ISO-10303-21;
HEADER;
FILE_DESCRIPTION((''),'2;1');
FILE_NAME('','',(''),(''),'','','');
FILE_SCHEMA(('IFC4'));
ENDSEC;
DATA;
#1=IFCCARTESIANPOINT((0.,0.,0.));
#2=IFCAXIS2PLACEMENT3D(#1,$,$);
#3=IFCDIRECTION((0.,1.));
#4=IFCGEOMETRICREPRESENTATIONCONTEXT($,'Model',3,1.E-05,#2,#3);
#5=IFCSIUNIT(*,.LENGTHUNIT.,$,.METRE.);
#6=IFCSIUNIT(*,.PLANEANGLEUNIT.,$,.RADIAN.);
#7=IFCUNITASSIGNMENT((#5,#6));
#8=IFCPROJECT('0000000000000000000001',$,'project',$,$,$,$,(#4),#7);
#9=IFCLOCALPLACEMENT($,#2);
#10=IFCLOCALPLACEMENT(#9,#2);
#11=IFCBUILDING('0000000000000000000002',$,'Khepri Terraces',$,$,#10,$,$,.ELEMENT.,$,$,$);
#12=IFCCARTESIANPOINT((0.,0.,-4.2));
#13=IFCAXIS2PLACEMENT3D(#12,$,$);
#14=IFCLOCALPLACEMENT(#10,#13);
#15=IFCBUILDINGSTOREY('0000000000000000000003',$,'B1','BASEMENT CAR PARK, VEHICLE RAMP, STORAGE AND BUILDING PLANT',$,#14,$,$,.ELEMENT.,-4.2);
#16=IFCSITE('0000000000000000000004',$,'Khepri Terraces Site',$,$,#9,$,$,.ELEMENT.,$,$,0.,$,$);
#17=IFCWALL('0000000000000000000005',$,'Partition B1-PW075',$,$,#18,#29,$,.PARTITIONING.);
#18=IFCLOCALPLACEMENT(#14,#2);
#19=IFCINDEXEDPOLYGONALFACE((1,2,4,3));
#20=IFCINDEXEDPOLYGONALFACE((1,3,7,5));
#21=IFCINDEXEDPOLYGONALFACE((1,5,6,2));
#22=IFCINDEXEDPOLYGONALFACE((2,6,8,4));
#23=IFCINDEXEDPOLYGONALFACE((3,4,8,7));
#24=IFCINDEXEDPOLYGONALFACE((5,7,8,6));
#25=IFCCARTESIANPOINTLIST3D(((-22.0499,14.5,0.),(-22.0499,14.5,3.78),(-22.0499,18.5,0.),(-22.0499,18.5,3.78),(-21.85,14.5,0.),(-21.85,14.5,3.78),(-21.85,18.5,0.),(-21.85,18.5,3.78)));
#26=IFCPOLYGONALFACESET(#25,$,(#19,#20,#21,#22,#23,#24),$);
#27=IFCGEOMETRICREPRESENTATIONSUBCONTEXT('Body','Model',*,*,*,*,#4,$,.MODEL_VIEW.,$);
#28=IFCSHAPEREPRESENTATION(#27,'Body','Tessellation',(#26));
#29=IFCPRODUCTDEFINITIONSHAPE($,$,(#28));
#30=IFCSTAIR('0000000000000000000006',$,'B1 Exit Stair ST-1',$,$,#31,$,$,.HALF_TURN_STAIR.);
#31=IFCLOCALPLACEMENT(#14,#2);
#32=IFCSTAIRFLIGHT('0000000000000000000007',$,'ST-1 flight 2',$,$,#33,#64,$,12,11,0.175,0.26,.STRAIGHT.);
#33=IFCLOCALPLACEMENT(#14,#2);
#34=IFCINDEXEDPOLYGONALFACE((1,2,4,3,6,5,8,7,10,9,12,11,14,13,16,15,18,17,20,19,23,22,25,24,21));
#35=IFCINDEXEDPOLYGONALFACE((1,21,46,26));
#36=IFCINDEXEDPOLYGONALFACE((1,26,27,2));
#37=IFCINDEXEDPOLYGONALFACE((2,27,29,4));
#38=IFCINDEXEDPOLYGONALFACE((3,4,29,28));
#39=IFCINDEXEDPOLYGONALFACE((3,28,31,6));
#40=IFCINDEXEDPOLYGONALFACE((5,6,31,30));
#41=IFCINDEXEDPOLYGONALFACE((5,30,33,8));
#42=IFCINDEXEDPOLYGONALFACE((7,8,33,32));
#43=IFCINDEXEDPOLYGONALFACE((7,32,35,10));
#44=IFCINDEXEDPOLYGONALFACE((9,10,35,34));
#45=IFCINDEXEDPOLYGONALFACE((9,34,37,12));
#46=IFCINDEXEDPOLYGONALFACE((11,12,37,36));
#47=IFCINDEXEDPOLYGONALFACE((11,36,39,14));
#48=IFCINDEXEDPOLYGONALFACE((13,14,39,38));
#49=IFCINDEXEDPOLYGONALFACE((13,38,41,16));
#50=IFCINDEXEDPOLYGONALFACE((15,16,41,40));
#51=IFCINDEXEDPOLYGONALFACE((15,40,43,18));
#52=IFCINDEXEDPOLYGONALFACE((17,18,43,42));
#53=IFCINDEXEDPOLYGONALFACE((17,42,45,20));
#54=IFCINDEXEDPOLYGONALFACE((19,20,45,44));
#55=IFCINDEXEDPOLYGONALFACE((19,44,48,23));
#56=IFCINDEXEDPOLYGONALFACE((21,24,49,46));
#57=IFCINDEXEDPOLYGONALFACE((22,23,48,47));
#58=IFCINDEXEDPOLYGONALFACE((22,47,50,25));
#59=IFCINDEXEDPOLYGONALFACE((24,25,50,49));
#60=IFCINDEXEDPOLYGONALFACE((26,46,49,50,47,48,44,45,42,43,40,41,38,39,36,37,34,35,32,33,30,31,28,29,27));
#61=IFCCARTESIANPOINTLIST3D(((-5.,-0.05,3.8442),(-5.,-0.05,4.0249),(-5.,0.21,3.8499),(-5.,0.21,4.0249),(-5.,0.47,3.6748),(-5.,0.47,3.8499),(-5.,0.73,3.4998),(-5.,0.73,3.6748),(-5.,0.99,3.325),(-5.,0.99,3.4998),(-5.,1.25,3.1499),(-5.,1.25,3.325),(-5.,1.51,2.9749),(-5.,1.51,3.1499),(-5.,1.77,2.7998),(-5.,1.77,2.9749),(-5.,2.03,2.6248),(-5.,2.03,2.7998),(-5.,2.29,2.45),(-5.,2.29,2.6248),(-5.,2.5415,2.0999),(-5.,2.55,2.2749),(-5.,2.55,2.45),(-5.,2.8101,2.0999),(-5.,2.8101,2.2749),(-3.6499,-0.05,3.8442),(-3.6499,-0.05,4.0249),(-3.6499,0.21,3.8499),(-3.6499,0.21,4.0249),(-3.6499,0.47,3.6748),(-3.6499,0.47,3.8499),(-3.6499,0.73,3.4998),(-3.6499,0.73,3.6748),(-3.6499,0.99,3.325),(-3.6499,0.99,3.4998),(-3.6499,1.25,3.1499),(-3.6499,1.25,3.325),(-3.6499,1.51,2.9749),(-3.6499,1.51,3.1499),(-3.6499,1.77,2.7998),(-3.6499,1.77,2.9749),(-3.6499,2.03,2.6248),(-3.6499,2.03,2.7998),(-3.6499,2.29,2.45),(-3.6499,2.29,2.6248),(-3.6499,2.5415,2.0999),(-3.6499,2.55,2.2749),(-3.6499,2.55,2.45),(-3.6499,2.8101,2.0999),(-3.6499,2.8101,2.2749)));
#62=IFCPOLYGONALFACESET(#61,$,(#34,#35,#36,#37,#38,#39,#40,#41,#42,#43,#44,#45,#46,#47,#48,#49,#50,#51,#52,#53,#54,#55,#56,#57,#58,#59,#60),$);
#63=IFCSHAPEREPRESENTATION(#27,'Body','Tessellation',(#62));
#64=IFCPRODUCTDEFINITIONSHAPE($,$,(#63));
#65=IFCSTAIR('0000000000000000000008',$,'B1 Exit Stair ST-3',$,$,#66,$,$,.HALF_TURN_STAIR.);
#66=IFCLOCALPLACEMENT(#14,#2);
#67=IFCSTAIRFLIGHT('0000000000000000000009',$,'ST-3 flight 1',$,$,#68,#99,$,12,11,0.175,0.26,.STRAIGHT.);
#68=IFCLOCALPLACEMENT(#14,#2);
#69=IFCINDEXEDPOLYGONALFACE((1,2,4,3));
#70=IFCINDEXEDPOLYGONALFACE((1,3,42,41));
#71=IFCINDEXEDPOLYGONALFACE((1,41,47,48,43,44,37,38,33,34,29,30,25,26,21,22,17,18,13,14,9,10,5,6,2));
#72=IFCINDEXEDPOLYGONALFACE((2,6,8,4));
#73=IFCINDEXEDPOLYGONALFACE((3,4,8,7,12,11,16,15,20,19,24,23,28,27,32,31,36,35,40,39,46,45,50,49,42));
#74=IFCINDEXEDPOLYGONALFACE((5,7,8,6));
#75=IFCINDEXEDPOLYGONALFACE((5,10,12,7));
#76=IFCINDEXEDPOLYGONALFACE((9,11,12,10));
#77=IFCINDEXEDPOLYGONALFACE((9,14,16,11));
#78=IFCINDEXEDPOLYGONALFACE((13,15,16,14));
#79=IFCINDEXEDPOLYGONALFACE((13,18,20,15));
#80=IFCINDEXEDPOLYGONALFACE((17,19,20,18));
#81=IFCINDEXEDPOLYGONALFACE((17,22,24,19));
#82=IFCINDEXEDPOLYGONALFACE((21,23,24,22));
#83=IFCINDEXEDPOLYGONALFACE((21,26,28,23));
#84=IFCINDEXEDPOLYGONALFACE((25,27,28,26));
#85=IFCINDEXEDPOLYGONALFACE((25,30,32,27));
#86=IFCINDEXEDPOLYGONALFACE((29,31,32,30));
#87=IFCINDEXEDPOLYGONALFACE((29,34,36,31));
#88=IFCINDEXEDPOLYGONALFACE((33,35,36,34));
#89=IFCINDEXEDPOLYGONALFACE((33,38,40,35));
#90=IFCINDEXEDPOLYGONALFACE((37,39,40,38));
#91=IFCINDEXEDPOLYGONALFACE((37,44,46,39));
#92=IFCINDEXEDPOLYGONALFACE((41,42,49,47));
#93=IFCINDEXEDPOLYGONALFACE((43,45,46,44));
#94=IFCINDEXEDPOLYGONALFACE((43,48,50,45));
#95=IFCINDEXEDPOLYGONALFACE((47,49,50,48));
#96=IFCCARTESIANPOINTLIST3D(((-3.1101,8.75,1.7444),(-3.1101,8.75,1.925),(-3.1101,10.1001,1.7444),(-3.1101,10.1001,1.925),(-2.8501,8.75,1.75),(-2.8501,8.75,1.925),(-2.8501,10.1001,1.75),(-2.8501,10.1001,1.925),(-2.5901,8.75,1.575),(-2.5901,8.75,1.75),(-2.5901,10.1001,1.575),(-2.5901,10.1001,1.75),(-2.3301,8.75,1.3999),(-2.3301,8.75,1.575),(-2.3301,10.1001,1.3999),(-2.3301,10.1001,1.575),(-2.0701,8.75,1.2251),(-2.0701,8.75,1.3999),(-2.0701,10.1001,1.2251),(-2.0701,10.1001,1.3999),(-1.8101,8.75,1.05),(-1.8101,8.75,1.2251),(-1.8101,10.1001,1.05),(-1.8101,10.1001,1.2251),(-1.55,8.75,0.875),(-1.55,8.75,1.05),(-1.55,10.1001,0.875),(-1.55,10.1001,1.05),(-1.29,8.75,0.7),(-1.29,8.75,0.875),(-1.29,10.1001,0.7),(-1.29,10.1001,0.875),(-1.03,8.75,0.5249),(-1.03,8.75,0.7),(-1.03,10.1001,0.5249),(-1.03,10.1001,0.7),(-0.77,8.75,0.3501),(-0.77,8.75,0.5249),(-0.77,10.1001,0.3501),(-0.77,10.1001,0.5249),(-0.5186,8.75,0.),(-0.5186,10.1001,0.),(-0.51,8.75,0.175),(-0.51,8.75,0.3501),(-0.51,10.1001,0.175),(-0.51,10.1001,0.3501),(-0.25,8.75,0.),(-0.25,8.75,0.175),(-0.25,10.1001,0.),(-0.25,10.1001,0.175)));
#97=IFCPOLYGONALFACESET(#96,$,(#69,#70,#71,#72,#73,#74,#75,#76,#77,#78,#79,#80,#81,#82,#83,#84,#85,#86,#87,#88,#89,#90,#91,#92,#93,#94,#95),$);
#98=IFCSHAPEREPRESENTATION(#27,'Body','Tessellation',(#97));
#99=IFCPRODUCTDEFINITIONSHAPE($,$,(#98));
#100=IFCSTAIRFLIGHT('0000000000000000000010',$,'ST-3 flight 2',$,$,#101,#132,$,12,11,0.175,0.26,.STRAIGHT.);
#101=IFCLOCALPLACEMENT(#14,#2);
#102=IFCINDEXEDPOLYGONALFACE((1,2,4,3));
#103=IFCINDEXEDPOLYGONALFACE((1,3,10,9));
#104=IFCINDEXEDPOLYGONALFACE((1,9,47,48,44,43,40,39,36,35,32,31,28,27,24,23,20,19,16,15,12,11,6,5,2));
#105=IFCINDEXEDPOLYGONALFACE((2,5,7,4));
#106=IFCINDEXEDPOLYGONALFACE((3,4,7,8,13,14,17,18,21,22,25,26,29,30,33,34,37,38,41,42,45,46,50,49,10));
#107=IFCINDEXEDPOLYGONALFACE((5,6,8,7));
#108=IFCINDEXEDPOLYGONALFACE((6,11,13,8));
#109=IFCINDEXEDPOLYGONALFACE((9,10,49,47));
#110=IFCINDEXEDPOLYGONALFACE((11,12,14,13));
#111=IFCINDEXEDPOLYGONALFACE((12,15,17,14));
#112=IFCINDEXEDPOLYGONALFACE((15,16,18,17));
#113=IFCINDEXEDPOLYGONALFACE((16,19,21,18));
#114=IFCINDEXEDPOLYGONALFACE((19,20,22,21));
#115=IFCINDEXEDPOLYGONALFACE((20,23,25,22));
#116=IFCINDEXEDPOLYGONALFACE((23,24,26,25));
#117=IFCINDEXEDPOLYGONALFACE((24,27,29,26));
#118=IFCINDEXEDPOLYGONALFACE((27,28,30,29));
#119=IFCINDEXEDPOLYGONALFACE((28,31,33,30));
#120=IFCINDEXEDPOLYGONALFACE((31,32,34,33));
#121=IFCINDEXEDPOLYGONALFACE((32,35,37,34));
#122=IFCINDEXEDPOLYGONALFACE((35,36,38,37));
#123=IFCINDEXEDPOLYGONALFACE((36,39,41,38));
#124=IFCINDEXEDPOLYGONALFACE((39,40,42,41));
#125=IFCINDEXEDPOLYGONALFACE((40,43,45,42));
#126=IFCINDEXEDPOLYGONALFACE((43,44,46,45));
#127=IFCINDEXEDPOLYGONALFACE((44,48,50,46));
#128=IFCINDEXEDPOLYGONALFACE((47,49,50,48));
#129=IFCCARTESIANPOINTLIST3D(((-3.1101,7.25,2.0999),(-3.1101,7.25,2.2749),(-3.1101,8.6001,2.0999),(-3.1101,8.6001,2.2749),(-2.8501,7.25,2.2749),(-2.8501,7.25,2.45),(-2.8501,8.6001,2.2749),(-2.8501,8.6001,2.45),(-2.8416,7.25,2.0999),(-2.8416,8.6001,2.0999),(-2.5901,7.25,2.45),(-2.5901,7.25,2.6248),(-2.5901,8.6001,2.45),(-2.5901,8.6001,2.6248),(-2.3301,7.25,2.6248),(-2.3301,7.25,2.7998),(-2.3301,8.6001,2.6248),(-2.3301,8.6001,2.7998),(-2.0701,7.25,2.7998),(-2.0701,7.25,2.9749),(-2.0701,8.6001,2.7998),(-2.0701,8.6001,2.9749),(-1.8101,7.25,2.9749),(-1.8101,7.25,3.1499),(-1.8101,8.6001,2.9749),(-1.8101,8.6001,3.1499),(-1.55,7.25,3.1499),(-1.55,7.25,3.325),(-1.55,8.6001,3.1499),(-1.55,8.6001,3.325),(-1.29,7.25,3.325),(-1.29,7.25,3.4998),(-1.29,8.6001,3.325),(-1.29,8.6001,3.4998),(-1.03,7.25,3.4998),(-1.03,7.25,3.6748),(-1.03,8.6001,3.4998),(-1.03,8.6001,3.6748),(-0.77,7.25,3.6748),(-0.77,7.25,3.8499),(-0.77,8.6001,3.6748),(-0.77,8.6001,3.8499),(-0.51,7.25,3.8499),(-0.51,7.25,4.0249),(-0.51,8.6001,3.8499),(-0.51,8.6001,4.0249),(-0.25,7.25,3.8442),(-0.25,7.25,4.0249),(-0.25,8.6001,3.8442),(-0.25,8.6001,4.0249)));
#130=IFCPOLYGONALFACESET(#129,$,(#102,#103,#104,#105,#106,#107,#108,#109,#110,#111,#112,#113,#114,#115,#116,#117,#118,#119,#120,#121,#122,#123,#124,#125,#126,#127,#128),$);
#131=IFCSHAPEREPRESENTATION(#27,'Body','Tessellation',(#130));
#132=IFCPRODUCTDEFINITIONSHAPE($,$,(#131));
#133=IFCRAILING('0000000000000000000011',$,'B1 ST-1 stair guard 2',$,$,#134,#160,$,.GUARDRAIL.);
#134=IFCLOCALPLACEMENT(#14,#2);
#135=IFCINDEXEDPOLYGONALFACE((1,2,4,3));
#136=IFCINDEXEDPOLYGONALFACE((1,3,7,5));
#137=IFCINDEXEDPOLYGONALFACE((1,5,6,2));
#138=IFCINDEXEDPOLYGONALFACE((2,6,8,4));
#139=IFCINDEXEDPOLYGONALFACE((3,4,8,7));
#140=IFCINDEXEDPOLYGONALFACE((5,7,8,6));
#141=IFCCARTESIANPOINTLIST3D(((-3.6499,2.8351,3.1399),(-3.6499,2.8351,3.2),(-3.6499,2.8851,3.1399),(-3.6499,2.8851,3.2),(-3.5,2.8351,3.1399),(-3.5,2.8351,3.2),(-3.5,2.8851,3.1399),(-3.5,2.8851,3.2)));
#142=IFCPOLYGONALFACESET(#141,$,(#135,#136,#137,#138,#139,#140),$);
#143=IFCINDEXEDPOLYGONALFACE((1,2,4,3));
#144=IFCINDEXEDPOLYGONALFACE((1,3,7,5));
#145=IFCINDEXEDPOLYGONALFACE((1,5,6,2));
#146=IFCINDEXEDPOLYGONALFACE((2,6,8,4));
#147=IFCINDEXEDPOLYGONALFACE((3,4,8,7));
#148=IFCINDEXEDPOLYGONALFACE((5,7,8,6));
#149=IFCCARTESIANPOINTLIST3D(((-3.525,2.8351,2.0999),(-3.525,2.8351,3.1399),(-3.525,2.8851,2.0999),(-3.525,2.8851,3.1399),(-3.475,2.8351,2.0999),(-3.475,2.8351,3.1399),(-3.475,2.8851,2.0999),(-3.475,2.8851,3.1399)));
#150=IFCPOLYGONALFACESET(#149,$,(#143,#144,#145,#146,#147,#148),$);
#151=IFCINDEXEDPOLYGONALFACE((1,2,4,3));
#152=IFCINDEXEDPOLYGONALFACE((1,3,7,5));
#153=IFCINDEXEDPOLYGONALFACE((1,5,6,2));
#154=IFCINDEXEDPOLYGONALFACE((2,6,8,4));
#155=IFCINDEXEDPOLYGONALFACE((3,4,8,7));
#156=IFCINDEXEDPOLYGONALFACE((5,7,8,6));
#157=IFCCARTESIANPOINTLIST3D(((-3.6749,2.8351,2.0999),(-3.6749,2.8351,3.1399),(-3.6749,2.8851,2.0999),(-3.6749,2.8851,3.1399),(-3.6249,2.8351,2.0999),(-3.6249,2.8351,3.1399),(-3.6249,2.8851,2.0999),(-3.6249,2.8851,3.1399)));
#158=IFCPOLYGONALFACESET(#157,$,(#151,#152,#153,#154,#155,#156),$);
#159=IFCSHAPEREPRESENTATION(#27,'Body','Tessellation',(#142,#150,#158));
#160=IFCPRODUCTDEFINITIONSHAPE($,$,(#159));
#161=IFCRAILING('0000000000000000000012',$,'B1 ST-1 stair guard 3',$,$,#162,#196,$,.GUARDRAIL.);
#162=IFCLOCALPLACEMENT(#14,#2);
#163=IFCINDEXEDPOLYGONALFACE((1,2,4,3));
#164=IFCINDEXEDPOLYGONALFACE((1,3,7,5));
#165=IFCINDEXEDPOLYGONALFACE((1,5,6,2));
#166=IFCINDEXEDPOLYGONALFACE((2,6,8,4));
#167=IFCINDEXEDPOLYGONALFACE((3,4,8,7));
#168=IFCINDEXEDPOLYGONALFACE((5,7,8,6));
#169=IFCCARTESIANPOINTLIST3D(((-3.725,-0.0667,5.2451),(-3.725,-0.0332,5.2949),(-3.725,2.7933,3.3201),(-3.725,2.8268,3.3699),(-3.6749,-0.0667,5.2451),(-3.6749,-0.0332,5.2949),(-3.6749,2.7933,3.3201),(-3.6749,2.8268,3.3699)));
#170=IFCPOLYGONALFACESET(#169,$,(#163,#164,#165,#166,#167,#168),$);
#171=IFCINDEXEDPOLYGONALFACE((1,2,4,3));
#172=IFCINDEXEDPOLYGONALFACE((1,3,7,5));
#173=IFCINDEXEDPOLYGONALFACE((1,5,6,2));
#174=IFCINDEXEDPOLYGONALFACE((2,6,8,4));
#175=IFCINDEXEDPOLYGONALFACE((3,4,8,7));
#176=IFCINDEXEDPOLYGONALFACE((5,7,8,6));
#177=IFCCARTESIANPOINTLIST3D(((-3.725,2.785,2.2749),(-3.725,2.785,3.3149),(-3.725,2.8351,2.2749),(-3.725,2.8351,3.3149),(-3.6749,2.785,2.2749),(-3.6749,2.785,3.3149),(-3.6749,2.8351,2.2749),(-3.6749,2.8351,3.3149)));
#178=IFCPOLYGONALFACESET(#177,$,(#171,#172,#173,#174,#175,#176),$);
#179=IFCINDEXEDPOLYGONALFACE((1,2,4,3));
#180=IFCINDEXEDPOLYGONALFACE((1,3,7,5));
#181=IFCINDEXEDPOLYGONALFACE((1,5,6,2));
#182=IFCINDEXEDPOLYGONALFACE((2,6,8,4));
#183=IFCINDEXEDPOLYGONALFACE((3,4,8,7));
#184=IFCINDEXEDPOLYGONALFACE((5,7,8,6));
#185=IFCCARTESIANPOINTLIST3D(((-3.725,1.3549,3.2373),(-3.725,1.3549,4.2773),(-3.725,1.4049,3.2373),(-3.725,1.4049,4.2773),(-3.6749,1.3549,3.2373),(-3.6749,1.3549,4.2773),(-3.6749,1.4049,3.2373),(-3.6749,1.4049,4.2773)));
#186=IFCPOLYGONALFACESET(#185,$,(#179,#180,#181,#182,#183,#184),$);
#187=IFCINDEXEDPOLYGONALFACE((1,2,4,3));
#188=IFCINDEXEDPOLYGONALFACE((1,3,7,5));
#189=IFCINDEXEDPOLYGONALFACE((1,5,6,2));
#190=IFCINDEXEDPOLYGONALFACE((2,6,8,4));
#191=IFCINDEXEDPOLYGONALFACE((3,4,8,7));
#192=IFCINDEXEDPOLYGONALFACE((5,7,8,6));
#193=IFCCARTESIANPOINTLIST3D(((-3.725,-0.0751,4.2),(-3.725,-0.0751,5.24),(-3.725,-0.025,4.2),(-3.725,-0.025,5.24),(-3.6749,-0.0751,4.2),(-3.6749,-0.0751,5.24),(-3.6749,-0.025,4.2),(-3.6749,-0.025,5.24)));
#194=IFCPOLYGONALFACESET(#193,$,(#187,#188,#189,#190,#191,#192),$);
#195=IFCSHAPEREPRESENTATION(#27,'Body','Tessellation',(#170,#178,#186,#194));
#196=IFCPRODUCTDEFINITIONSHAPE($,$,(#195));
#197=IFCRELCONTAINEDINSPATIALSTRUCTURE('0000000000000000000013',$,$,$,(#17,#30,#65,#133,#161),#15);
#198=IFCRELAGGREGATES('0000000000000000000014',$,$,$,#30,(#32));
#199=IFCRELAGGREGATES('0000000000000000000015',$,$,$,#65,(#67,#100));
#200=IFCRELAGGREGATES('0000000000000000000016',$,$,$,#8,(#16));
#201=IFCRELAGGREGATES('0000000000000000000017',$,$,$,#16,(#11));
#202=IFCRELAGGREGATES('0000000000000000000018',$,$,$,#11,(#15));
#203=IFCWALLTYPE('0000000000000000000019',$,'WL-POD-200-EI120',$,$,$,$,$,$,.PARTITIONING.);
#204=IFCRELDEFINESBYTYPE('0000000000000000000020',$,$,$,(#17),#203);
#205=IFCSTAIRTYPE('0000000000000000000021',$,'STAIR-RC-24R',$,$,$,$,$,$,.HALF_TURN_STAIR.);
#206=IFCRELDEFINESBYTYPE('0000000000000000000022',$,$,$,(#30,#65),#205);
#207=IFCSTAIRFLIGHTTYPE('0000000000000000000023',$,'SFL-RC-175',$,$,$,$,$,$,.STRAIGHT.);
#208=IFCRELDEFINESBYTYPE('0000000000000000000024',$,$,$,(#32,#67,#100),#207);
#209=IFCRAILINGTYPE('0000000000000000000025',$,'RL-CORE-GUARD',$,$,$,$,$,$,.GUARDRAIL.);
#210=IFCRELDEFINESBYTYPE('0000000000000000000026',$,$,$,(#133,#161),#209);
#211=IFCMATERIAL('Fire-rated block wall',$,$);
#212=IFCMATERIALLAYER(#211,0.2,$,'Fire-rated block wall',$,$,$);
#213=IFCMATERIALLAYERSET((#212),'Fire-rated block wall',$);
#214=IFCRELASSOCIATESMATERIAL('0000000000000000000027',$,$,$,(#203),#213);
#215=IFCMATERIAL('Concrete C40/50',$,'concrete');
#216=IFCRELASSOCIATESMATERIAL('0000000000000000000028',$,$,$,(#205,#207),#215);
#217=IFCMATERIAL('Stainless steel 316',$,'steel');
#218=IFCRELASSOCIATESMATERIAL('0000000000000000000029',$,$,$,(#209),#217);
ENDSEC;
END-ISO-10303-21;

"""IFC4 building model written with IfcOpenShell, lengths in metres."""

from ifc_helpers import new_model, si_unit, direction, frame, frame_2d, origin, origin_2d, place, context, subcontext, project, spatial, polyline, rectangle, outline, extrude, material, layer, layer_set, type_object, element, aggregate, save


model = new_model("IFC4")

# Units and contexts
model_context = context("Model", 3, precision=1e-05, world=origin(), true_north=direction((0.0, 1.0)))
body_context = subcontext(model_context, "Body", "Model", "MODEL_VIEW")
ifc_project = project(units=[si_unit("LENGTHUNIT", "METRE"), si_unit("PLANEANGLEUNIT", "RADIAN")], contexts=[model_context])

# Site, building, storey
site_placement = place(None, origin())
site = spatial("IfcSite", under=ifc_project, at=site_placement, Name="Khepri Terraces Site", CompositionType="ELEMENT", RefElevation=0.0)
building_placement = place(site_placement, origin())
building = spatial("IfcBuilding", under=site, at=building_placement, Name="Khepri Terraces", CompositionType="ELEMENT")
storey_placement = place(building_placement, frame((0.0, 0.0, -4.2)))
storey = spatial("IfcBuildingStorey", under=building, at=storey_placement, Name="B1", Description="BASEMENT CAR PARK, VEHICLE RAMP, STORAGE AND BUILDING PLANT", CompositionType="ELEMENT", Elevation=-4.2)

# Wall
ifc_material_1 = material(Name="Fire-rated block wall")
ifc_layer_1 = layer(ifc_material_1, 0.2, Name="Fire-rated block wall")
ifc_layer_set_1 = layer_set([ifc_layer_1], Name="Fire-rated block wall")
wall_type_1 = type_object("IfcWallType", Name="WL-POD-200-EI120", PredefinedType="PARTITIONING", material=ifc_layer_set_1)
wall_1_placement = place(storey_placement, frame((-21.95, 14.5, 0.0), z_axis=(0.0, 0.0, 1.0), x_axis=(0.0, 1.0, 0.0)))
element("IfcWall", 1, at=wall_1_placement, inside=storey, type_object=wall_type_1, Name="Partition B1-PW075", PredefinedType="PARTITIONING", context=body_context, shape_type="SweptSolid", body=[
    extrude(rectangle(XDim=4.0, YDim=0.2, at=frame_2d((2.0, 0.0))), origin(), (0.0, 0.0, 1.0), 3.78),
])

# Stair, stair flight
ifc_material_2 = material(Name="Concrete C40/50", Category="concrete")
stair_type = type_object("IfcStairType", Name="STAIR-RC-24R", PredefinedType="HALF_TURN_STAIR", material=ifc_material_2)
stair_1_placement = place(storey_placement, origin())
stair_1 = element("IfcStair", 2, at=stair_1_placement, inside=storey, type_object=stair_type, Name="B1 Exit Stair ST-1", PredefinedType="HALF_TURN_STAIR")
stair_flight_type = type_object("IfcStairFlightType", Name="SFL-RC-175", PredefinedType="STRAIGHT", material=ifc_material_2)
stair_flight_1_placement = place(storey_placement, frame((-4.325, 2.8101, 2.0999), z_axis=(0.0, 0.0, 1.0), x_axis=(0.0, -1.0, 0.0)))
stair_flight_1 = element("IfcStairFlight", 3, at=stair_flight_1_placement, type_object=stair_flight_type, Name="ST-1 flight 2", NumberOfRisers=12, NumberOfTreads=11, PredefinedType="STRAIGHT", RiserHeight=0.175, TreadLength=0.26, context=body_context, shape_type="SweptSolid", body=[
    extrude(outline(polyline([(0.0, 0.0), (0.0, 0.175), (0.26, 0.175), (0.26, 0.3501), (0.52, 0.3501), (0.52, 0.5249), (0.78, 0.5249), (0.78, 0.7), (1.04, 0.7), (1.04, 0.875), (1.3, 0.875), (1.3, 1.05), (1.5601, 1.05), (1.5601, 1.2251), (1.8201, 1.2251), (1.8201, 1.3999), (2.0801, 1.3999), (2.0801, 1.575), (2.3401, 1.575), (2.3401, 1.75), (2.6001, 1.75), (2.6001, 1.925), (2.8601, 1.925), (2.8601, 2.1001), (2.8601, 1.7444), (0.2686, 0.0), (0.0, 0.0)])), frame((0.0, 0.675, 0.0), z_axis=(0.0, -1.0, 0.0), x_axis=(1.0, 0.0, 0.0)), (0.0, 0.0, 1.0), 1.3501),
])
aggregate(stair_1, [stair_flight_1])

# Stair, stair flights
stair_2_placement = place(storey_placement, origin())
stair_2 = element("IfcStair", 4, at=stair_2_placement, inside=storey, type_object=stair_type, Name="B1 Exit Stair ST-3", PredefinedType="HALF_TURN_STAIR")
stair_flight_2_placement = place(storey_placement, frame((-0.25, 9.425, 0.0), z_axis=(0.0, 0.0, 1.0), x_axis=(-1.0, 0.0, 0.0)))
stair_flight_2 = element("IfcStairFlight", 5, at=stair_flight_2_placement, type_object=stair_flight_type, Name="ST-3 flight 1", NumberOfRisers=12, NumberOfTreads=11, PredefinedType="STRAIGHT", RiserHeight=0.175, TreadLength=0.26, context=body_context, shape_type="SweptSolid", body=[
    extrude(outline(polyline([(0.0, 0.0), (0.0, 0.175), (0.26, 0.175), (0.26, 0.3501), (0.52, 0.3501), (0.52, 0.5249), (0.78, 0.5249), (0.78, 0.7), (1.04, 0.7), (1.04, 0.875), (1.3, 0.875), (1.3, 1.05), (1.5601, 1.05), (1.5601, 1.2251), (1.8201, 1.2251), (1.8201, 1.3999), (2.0801, 1.3999), (2.0801, 1.575), (2.3401, 1.575), (2.3401, 1.75), (2.6001, 1.75), (2.6001, 1.925), (2.8601, 1.925), (2.8601, 2.1001), (2.8601, 1.7444), (0.2686, 0.0), (0.0, 0.0)])), frame((0.0, 0.675, 0.0), z_axis=(0.0, -1.0, 0.0), x_axis=(1.0, 0.0, 0.0)), (0.0, 0.0, 1.0), 1.3501),
])
stair_flight_3_placement = place(storey_placement, frame((-3.1101, 7.925, 2.0999), z_axis=(0.0, 0.0, 1.0), x_axis=(1.0, 0.0, 0.0)))
stair_flight_3 = element("IfcStairFlight", 6, at=stair_flight_3_placement, type_object=stair_flight_type, Name="ST-3 flight 2", NumberOfRisers=12, NumberOfTreads=11, PredefinedType="STRAIGHT", RiserHeight=0.175, TreadLength=0.26, context=body_context, shape_type="SweptSolid", body=[
    extrude(outline(polyline([(0.0, 0.0), (0.0, 0.175), (0.26, 0.175), (0.26, 0.3501), (0.52, 0.3501), (0.52, 0.5249), (0.78, 0.5249), (0.78, 0.7), (1.04, 0.7), (1.04, 0.875), (1.3, 0.875), (1.3, 1.05), (1.5601, 1.05), (1.5601, 1.2251), (1.8201, 1.2251), (1.8201, 1.3999), (2.0801, 1.3999), (2.0801, 1.575), (2.3401, 1.575), (2.3401, 1.75), (2.6001, 1.75), (2.6001, 1.925), (2.8601, 1.925), (2.8601, 2.1001), (2.8601, 1.7444), (0.2686, 0.0), (0.0, 0.0)])), frame((0.0, 0.675, 0.0), z_axis=(0.0, -1.0, 0.0), x_axis=(1.0, 0.0, 0.0)), (0.0, 0.0, 1.0), 1.3501),
])
aggregate(stair_2, [stair_flight_2, stair_flight_3])

# Railings
ifc_material_3 = material(Name="Stainless steel 316", Category="steel")
railing_type_1 = type_object("IfcRailingType", Name="RL-CORE-GUARD", PredefinedType="GUARDRAIL", material=ifc_material_3)
railing_1_placement = place(storey_placement, frame((-3.5, 2.8601, 2.0999)))
element("IfcRailing", 7, at=railing_1_placement, inside=storey, type_object=railing_type_1, Name="B1 ST-1 stair guard 2", PredefinedType="GUARDRAIL", context=body_context, shape_type="SweptSolid", body=[
    extrude(rectangle(XDim=0.05, YDim=0.0601, at=origin_2d()), frame((0.0, 0.0, 1.0701), z_axis=(-1.0, 0.0, 0.0), x_axis=(0.0, -1.0, 0.0)), (0.0, 0.0, 1.0), 0.1499),
    extrude(rectangle(XDim=0.05, YDim=0.05, at=origin_2d()), origin(), (0.0, 0.0, 1.0), 1.04),
    extrude(rectangle(XDim=0.05, YDim=0.05, at=origin_2d()), frame((-0.1499, 0.0, 0.0)), (0.0, 0.0, 1.0), 1.04),
])
railing_2_placement = place(storey_placement, frame((-3.7, 2.8101, 2.2749)))
element("IfcRailing", 8, at=railing_2_placement, inside=storey, type_object=railing_type_1, Name="B1 ST-1 stair guard 3", PredefinedType="GUARDRAIL", context=body_context, shape_type="SweptSolid", body=[
    extrude(rectangle(XDim=0.05, YDim=0.0601, at=origin_2d()), frame((0.0, 0.0, 1.0701), z_axis=(0.0, -0.829591, 0.558372), x_axis=(1.0, 0.0, 0.0)), (0.0, 0.0, 1.0), 3.4475),
    extrude(rectangle(XDim=0.05, YDim=0.05, at=origin_2d()), origin(), (0.0, 0.0, 1.0), 1.04),
    extrude(rectangle(XDim=0.05, YDim=0.05, at=origin_2d()), frame((0.0, -1.4302, 0.9624)), (0.0, 0.0, 1.0), 1.04),
    extrude(rectangle(XDim=0.05, YDim=0.05, at=origin_2d()), frame((0.0, -2.8601, 1.925)), (0.0, 0.0, 1.0), 1.04),
])

save(model, "model.ifc")
